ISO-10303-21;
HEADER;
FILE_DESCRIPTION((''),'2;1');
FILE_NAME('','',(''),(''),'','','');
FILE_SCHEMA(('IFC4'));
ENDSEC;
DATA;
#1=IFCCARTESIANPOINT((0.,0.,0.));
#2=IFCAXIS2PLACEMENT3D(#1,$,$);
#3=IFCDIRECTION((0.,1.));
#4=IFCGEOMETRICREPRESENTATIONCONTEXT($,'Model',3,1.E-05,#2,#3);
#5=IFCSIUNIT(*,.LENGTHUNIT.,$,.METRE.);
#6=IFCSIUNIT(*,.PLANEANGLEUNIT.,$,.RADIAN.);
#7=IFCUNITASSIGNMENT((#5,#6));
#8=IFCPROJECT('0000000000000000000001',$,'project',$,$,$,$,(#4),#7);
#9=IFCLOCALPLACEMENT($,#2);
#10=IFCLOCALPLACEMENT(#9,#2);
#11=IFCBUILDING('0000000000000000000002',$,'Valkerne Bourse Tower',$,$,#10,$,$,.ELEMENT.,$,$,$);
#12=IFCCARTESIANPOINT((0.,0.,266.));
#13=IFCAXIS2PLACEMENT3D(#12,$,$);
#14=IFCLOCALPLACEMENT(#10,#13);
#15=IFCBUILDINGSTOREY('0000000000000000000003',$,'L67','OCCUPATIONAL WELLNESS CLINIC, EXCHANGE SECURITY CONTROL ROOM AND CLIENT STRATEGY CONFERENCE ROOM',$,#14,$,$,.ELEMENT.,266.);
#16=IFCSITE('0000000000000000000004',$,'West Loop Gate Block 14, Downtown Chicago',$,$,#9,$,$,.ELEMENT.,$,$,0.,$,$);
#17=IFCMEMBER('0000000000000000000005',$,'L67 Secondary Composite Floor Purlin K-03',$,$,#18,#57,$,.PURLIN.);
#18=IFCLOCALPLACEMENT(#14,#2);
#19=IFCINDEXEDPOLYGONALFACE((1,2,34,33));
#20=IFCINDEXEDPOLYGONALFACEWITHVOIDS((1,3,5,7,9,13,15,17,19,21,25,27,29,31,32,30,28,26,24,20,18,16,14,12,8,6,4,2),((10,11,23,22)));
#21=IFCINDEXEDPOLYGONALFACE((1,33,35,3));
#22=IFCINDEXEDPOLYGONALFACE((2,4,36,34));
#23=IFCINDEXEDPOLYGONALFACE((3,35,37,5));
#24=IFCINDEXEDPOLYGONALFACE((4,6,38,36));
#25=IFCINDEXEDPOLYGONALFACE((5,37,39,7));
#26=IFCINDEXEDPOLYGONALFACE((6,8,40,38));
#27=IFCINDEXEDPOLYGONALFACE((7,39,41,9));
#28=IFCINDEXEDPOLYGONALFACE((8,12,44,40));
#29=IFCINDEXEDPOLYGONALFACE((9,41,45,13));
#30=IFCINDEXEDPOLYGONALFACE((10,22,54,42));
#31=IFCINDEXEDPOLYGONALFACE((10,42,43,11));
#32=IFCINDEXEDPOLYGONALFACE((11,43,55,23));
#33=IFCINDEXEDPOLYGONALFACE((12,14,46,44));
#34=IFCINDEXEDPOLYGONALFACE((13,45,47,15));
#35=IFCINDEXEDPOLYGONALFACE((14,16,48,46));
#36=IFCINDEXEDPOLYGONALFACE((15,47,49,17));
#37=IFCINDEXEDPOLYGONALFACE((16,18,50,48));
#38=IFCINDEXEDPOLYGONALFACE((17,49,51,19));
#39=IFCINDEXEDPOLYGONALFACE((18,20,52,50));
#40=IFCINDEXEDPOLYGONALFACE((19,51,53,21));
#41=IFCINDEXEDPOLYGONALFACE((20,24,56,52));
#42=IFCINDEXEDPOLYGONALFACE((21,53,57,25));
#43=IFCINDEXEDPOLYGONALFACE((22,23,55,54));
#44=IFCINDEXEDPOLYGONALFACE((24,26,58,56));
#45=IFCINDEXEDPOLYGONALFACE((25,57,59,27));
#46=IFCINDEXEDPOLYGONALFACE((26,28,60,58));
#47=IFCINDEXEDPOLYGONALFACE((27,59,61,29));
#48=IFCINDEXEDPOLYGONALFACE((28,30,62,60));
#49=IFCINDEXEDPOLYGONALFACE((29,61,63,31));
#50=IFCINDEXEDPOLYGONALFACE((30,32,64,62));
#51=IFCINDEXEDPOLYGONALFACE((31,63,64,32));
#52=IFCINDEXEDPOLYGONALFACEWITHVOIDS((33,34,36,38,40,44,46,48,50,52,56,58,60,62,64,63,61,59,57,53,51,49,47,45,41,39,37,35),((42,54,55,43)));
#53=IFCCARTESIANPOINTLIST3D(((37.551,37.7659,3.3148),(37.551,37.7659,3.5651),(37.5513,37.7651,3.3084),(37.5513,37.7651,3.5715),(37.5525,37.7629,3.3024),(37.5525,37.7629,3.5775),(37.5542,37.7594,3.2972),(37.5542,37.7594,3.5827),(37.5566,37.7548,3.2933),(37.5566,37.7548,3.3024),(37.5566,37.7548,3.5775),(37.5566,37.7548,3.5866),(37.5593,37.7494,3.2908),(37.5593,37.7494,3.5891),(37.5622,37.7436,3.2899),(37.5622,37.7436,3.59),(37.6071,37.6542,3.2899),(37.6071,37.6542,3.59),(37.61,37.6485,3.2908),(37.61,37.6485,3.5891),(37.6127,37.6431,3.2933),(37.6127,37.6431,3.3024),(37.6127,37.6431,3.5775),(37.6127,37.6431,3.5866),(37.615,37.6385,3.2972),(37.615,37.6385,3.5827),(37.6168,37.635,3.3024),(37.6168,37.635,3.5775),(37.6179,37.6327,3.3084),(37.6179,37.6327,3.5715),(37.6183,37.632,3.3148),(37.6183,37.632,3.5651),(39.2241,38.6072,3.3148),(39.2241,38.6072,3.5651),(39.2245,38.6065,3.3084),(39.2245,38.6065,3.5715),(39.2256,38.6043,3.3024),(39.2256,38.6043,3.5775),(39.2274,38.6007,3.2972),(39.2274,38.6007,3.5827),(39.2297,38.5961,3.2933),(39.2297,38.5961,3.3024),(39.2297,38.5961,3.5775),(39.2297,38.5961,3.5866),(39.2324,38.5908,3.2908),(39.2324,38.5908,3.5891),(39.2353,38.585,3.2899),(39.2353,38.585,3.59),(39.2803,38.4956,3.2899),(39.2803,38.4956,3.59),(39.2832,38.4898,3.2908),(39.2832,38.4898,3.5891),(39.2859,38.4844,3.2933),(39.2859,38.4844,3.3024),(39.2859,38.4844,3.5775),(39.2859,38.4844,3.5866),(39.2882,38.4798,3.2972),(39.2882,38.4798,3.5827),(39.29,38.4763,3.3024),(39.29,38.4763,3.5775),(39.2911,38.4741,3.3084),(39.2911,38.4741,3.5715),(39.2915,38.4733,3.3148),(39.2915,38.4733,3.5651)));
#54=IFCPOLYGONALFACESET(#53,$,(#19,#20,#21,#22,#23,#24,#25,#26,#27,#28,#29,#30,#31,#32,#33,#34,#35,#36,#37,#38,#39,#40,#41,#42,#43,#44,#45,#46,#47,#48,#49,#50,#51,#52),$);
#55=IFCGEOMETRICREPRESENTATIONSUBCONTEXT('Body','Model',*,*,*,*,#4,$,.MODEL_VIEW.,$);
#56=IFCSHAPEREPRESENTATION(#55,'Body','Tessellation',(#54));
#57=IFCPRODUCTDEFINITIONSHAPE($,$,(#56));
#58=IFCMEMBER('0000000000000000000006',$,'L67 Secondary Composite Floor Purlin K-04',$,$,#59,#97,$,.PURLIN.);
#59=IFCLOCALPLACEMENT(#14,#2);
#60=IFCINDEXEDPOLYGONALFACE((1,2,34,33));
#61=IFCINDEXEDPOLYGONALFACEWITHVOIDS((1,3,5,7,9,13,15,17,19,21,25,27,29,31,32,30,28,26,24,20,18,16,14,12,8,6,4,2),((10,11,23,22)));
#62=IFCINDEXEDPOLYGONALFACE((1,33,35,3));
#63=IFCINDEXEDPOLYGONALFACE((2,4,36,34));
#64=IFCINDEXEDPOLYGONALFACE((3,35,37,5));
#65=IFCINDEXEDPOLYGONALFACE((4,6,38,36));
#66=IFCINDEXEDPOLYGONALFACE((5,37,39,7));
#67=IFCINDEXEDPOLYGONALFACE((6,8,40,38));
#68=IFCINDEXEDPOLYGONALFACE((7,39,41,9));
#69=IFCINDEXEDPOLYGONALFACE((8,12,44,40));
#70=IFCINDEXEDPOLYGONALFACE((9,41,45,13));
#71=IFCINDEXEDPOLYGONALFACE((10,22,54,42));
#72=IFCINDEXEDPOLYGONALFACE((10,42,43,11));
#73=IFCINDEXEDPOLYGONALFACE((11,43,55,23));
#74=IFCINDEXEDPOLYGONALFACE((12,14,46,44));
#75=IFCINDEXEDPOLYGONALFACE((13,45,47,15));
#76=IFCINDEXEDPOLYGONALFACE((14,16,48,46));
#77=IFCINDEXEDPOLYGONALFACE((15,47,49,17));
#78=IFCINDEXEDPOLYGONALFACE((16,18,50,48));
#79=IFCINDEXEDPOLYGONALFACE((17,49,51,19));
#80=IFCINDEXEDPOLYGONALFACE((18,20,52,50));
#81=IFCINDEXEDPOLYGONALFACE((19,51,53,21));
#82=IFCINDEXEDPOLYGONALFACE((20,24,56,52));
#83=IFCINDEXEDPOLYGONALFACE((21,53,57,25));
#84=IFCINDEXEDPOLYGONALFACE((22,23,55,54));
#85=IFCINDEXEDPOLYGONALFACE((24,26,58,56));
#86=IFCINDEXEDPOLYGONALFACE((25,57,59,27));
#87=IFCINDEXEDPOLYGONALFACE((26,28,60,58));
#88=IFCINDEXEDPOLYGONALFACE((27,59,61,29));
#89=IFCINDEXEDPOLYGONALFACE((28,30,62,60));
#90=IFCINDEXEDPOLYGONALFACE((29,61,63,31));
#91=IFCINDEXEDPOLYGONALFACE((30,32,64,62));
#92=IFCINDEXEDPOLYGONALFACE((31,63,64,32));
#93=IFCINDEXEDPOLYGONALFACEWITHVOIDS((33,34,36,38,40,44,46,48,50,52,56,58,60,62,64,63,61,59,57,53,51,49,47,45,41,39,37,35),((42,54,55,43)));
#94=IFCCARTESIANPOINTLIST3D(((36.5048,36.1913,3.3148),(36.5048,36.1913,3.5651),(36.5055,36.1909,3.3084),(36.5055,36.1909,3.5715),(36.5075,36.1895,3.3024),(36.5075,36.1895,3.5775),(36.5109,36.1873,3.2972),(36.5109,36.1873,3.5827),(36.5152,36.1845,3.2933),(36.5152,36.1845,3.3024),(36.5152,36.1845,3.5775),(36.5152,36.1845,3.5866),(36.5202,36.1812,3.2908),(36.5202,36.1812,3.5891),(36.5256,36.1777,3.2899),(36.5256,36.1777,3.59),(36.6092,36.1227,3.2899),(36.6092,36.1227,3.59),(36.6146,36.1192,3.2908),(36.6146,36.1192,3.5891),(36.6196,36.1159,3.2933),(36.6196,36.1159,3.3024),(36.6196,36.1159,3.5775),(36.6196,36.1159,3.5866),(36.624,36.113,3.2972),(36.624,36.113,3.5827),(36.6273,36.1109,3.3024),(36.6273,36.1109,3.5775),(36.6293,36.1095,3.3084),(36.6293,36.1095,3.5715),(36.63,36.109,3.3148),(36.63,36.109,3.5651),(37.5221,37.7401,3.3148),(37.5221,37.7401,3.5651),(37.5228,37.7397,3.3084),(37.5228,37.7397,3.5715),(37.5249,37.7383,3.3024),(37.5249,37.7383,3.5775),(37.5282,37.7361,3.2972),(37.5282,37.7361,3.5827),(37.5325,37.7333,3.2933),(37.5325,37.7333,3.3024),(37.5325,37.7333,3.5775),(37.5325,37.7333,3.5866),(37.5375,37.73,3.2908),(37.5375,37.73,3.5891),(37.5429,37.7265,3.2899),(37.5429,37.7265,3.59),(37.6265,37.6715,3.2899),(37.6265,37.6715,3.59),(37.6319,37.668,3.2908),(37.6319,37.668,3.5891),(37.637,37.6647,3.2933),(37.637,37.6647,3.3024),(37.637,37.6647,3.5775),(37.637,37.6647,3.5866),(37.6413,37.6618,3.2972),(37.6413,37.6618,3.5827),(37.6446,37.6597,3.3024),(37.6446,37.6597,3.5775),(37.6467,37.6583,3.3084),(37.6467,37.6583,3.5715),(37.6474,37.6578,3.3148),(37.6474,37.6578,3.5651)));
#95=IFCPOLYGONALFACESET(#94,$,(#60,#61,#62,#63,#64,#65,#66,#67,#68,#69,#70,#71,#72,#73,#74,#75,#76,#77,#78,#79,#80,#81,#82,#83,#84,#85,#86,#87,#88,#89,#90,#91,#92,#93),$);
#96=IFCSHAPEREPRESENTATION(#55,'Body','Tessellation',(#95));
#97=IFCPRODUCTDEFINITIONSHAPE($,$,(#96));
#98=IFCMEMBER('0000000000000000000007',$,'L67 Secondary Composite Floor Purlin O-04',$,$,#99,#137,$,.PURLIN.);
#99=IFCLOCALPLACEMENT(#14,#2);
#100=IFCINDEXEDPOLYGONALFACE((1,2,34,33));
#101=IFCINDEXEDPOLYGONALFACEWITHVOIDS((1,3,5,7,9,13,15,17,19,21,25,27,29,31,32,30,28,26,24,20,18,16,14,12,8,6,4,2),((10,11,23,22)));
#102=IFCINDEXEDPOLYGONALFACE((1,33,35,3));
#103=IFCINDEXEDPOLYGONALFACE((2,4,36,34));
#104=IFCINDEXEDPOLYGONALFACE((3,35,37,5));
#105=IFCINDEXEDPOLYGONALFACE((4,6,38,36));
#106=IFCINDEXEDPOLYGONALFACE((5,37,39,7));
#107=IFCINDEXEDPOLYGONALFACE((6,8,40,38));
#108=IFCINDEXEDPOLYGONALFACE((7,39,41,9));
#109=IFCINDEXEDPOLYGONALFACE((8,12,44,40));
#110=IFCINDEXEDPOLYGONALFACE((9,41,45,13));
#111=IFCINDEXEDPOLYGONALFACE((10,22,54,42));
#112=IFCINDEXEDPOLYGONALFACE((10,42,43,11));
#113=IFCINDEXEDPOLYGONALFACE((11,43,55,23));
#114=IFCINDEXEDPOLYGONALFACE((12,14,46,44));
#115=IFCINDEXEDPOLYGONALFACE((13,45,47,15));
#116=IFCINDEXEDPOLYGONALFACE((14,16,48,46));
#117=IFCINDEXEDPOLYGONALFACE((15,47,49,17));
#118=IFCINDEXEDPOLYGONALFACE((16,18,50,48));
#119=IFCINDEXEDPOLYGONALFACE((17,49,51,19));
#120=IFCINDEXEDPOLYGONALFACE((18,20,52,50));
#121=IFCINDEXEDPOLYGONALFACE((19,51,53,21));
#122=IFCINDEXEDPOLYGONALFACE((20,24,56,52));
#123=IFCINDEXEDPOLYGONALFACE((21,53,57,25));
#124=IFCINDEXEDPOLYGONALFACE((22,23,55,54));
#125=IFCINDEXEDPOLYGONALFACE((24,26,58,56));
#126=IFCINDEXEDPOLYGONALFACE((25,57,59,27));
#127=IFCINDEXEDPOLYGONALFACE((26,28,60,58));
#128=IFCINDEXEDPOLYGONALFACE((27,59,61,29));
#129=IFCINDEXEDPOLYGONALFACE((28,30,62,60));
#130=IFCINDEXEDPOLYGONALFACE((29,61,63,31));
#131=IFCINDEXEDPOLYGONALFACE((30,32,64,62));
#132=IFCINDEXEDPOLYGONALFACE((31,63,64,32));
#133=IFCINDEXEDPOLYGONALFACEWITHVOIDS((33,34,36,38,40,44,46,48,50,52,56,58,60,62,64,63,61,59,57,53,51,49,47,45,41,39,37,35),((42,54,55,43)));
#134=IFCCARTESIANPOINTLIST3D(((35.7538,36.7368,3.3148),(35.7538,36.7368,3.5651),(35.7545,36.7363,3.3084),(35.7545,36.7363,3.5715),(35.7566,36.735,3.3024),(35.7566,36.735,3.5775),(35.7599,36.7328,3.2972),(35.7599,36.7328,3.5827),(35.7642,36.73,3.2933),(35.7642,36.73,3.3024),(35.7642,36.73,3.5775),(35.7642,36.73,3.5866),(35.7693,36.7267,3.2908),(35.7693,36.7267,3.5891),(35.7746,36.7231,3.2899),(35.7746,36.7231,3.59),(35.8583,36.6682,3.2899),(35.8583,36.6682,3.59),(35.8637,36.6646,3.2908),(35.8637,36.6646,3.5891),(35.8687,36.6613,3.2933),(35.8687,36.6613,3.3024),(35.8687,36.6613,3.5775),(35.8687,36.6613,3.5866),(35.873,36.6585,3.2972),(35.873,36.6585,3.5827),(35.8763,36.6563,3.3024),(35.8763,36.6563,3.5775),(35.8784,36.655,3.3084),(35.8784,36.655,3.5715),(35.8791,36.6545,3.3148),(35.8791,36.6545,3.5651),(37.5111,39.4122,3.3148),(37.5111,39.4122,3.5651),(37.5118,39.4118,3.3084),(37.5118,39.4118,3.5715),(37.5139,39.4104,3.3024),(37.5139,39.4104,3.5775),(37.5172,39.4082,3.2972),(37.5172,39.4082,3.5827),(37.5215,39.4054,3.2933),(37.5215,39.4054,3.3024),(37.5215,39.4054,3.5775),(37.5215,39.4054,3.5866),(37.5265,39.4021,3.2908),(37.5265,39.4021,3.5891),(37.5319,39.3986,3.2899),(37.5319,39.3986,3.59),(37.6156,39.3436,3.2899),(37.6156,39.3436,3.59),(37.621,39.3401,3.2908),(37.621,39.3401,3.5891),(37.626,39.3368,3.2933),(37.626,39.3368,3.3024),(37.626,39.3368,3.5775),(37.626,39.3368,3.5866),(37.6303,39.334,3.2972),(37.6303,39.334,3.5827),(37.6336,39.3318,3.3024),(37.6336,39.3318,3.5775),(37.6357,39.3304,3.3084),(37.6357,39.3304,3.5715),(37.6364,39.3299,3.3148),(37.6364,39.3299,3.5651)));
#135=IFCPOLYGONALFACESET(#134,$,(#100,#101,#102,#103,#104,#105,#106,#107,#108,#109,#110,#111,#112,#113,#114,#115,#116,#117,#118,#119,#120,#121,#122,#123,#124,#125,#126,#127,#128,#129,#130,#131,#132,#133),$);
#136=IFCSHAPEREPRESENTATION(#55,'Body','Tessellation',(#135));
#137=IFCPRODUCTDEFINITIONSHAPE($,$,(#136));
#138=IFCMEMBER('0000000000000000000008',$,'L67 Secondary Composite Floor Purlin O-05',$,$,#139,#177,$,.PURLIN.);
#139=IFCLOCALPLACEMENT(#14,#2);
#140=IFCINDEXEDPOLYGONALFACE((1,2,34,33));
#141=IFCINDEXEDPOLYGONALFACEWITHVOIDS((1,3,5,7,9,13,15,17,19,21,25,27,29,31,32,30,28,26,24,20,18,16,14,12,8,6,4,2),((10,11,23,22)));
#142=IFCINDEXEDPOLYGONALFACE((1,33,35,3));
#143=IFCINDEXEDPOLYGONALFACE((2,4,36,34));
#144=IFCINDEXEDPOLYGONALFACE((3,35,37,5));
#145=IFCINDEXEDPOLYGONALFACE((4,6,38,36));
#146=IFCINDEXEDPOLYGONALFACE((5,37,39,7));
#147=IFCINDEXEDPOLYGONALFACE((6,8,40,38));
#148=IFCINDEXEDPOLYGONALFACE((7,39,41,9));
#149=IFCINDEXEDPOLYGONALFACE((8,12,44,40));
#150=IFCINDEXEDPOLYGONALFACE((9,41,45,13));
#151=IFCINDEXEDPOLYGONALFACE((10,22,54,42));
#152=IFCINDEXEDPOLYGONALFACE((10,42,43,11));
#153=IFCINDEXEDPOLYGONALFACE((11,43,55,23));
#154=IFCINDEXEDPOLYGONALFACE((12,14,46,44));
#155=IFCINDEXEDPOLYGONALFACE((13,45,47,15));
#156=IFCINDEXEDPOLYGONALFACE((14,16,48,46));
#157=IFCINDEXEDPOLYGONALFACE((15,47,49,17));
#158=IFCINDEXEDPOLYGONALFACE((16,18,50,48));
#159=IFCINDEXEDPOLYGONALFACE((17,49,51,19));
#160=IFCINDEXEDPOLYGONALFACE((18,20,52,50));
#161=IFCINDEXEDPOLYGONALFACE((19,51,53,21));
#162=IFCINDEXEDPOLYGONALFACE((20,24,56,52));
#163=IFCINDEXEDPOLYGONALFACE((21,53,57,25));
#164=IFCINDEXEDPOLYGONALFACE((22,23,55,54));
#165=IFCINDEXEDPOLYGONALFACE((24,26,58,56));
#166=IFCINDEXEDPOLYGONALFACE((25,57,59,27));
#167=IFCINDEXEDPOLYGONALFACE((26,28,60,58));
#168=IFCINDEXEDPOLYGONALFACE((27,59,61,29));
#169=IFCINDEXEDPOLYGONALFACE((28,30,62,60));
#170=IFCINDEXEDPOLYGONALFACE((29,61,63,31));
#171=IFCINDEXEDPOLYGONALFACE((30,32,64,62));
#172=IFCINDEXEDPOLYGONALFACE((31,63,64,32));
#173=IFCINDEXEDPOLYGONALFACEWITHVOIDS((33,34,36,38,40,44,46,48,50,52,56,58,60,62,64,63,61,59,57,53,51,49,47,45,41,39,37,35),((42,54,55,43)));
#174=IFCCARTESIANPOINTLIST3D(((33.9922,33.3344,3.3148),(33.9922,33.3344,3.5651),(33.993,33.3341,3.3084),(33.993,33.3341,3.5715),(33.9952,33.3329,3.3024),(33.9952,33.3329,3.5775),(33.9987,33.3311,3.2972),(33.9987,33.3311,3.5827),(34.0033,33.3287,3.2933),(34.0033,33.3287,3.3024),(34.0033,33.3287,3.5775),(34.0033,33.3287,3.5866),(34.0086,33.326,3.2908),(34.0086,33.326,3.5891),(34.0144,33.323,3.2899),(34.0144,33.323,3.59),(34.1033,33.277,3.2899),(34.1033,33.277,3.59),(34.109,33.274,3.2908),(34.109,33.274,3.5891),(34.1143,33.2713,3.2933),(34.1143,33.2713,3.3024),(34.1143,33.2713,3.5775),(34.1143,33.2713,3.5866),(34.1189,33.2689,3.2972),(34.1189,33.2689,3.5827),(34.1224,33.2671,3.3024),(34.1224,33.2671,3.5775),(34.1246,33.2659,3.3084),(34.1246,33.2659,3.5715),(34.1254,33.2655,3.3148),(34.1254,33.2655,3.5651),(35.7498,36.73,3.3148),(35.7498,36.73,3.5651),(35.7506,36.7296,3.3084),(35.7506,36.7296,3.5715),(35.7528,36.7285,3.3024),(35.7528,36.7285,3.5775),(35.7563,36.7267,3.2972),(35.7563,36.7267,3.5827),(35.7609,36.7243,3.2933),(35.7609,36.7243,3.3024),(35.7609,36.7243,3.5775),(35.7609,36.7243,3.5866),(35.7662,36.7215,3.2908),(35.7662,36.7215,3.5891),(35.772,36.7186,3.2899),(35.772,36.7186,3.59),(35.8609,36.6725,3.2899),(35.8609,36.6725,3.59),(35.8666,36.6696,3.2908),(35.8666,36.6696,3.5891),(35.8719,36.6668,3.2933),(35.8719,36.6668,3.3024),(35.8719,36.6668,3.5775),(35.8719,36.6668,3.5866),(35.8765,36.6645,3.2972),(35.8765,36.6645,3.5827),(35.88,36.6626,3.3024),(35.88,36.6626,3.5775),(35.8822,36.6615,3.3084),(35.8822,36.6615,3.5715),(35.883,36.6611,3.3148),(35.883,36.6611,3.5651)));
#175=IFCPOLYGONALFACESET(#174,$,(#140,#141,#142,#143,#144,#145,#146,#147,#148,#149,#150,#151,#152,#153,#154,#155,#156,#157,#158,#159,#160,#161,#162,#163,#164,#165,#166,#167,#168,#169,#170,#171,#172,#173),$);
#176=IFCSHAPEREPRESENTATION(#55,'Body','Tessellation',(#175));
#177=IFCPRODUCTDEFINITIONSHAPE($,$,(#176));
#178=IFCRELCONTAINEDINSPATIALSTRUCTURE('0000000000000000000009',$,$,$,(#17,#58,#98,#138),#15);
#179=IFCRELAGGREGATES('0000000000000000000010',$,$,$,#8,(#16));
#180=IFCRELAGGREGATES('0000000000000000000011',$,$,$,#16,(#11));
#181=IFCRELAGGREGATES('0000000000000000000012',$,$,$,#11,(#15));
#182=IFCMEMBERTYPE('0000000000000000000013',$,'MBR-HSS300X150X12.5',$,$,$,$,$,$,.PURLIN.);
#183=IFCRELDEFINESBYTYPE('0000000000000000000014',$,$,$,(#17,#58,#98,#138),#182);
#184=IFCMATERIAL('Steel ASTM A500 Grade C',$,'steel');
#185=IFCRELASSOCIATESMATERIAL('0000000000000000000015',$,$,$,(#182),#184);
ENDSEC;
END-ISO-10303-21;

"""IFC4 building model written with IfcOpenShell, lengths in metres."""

from ifc_helpers import new_model, si_unit, direction, frame, origin, origin_2d, place, context, subcontext, project, spatial, hollow_rectangle, extrude, material, material_profile, profile_set, type_object, element, save


model = new_model("IFC4")

# Units and contexts
model_context = context("Model", 3, precision=1e-05, world=origin(), true_north=direction((0.0, 1.0)))
body_context = subcontext(model_context, "Body", "Model", "MODEL_VIEW")
ifc_project = project(units=[si_unit("LENGTHUNIT", "METRE"), si_unit("PLANEANGLEUNIT", "RADIAN")], contexts=[model_context])

# Site, building, storey
site_placement = place(None, origin())
site = spatial("IfcSite", under=ifc_project, at=site_placement, Name="West Loop Gate Block 14, Downtown Chicago", CompositionType="ELEMENT", RefElevation=0.0)
building_placement = place(site_placement, origin())
building = spatial("IfcBuilding", under=site, at=building_placement, Name="Valkerne Bourse Tower", CompositionType="ELEMENT")
storey_placement = place(building_placement, frame((0.0, 0.0, 266.0)))
storey = spatial("IfcBuildingStorey", under=building, at=storey_placement, Name="L67", Description="OCCUPATIONAL WELLNESS CLINIC, EXCHANGE SECURITY CONTROL ROOM AND CLIENT STRATEGY CONFERENCE ROOM", CompositionType="ELEMENT", Elevation=266.0)

# Members
ifc_material_1 = material(Name="Steel ASTM A500 Grade C", Category="steel")
ifc_material_profile_1 = material_profile(ifc_material_1, hollow_rectangle(XDim=0.1499, YDim=0.3, WallThickness=0.0125, OuterFilletRadius=0.0249, at=origin_2d()), Name="HSS300X150X12.5")
ifc_profile_set_1 = profile_set([ifc_material_profile_1], Name="Steel ASTM A500 Grade C")
member_type_1 = type_object("IfcMemberType", Name="MBR-HSS300X150X12.5", PredefinedType="PURLIN", material=ifc_profile_set_1)
member_1_placement = place(storey_placement, frame((39.2578, 38.5403, 3.4399), z_axis=(-0.893408, -0.449246, 0.0), x_axis=(0.449246, -0.893408, 0.0)))
element("IfcMember", 1, at=member_1_placement, inside=storey, type_object=member_type_1, Name="L67 Secondary Composite Floor Purlin K-03", PredefinedType="PURLIN", context=body_context, shape_type="SweptSolid", body=[
    extrude(hollow_rectangle(XDim=0.1499, YDim=0.3, WallThickness=0.0125, OuterFilletRadius=0.0249, at=origin_2d()), origin(), (0.0, 0.0, 1.0), 1.8728),
])
member_2_placement = place(storey_placement, frame((37.5847, 37.699, 3.4399), z_axis=(-0.549002, -0.835821, 0.0), x_axis=(0.835821, -0.549002, 0.0)))
element("IfcMember", 2, at=member_2_placement, inside=storey, type_object=member_type_1, Name="L67 Secondary Composite Floor Purlin K-04", PredefinedType="PURLIN", context=body_context, shape_type="SweptSolid", body=[
    extrude(hollow_rectangle(XDim=0.1499, YDim=0.3, WallThickness=0.0125, OuterFilletRadius=0.0249, at=origin_2d()), origin(), (0.0, 0.0, 1.0), 1.853),
])
member_3_placement = place(storey_placement, frame((37.5737, 39.3711, 3.4399), z_axis=(-0.548985, -0.835832, 0.0), x_axis=(0.835832, -0.548985, 0.0)))
element("IfcMember", 3, at=member_3_placement, inside=storey, type_object=member_type_1, Name="L67 Secondary Composite Floor Purlin O-04", PredefinedType="PURLIN", context=body_context, shape_type="SweptSolid", body=[
    extrude(hollow_rectangle(XDim=0.1499, YDim=0.3, WallThickness=0.0125, OuterFilletRadius=0.0249, at=origin_2d()), origin(), (0.0, 0.0, 1.0), 3.2009),
])
member_4_placement = place(storey_placement, frame((35.8164, 36.6956, 3.4399), z_axis=(-0.459685, -0.888082, 0.0), x_axis=(0.888082, -0.459685, 0.0)))
element("IfcMember", 4, at=member_4_placement, inside=storey, type_object=member_type_1, Name="L67 Secondary Composite Floor Purlin O-05", PredefinedType="PURLIN", context=body_context, shape_type="SweptSolid", body=[
    extrude(hollow_rectangle(XDim=0.1499, YDim=0.3, WallThickness=0.0125, OuterFilletRadius=0.0249, at=origin_2d()), origin(), (0.0, 0.0, 1.0), 3.8235),
])

save(model, "model.ifc")
